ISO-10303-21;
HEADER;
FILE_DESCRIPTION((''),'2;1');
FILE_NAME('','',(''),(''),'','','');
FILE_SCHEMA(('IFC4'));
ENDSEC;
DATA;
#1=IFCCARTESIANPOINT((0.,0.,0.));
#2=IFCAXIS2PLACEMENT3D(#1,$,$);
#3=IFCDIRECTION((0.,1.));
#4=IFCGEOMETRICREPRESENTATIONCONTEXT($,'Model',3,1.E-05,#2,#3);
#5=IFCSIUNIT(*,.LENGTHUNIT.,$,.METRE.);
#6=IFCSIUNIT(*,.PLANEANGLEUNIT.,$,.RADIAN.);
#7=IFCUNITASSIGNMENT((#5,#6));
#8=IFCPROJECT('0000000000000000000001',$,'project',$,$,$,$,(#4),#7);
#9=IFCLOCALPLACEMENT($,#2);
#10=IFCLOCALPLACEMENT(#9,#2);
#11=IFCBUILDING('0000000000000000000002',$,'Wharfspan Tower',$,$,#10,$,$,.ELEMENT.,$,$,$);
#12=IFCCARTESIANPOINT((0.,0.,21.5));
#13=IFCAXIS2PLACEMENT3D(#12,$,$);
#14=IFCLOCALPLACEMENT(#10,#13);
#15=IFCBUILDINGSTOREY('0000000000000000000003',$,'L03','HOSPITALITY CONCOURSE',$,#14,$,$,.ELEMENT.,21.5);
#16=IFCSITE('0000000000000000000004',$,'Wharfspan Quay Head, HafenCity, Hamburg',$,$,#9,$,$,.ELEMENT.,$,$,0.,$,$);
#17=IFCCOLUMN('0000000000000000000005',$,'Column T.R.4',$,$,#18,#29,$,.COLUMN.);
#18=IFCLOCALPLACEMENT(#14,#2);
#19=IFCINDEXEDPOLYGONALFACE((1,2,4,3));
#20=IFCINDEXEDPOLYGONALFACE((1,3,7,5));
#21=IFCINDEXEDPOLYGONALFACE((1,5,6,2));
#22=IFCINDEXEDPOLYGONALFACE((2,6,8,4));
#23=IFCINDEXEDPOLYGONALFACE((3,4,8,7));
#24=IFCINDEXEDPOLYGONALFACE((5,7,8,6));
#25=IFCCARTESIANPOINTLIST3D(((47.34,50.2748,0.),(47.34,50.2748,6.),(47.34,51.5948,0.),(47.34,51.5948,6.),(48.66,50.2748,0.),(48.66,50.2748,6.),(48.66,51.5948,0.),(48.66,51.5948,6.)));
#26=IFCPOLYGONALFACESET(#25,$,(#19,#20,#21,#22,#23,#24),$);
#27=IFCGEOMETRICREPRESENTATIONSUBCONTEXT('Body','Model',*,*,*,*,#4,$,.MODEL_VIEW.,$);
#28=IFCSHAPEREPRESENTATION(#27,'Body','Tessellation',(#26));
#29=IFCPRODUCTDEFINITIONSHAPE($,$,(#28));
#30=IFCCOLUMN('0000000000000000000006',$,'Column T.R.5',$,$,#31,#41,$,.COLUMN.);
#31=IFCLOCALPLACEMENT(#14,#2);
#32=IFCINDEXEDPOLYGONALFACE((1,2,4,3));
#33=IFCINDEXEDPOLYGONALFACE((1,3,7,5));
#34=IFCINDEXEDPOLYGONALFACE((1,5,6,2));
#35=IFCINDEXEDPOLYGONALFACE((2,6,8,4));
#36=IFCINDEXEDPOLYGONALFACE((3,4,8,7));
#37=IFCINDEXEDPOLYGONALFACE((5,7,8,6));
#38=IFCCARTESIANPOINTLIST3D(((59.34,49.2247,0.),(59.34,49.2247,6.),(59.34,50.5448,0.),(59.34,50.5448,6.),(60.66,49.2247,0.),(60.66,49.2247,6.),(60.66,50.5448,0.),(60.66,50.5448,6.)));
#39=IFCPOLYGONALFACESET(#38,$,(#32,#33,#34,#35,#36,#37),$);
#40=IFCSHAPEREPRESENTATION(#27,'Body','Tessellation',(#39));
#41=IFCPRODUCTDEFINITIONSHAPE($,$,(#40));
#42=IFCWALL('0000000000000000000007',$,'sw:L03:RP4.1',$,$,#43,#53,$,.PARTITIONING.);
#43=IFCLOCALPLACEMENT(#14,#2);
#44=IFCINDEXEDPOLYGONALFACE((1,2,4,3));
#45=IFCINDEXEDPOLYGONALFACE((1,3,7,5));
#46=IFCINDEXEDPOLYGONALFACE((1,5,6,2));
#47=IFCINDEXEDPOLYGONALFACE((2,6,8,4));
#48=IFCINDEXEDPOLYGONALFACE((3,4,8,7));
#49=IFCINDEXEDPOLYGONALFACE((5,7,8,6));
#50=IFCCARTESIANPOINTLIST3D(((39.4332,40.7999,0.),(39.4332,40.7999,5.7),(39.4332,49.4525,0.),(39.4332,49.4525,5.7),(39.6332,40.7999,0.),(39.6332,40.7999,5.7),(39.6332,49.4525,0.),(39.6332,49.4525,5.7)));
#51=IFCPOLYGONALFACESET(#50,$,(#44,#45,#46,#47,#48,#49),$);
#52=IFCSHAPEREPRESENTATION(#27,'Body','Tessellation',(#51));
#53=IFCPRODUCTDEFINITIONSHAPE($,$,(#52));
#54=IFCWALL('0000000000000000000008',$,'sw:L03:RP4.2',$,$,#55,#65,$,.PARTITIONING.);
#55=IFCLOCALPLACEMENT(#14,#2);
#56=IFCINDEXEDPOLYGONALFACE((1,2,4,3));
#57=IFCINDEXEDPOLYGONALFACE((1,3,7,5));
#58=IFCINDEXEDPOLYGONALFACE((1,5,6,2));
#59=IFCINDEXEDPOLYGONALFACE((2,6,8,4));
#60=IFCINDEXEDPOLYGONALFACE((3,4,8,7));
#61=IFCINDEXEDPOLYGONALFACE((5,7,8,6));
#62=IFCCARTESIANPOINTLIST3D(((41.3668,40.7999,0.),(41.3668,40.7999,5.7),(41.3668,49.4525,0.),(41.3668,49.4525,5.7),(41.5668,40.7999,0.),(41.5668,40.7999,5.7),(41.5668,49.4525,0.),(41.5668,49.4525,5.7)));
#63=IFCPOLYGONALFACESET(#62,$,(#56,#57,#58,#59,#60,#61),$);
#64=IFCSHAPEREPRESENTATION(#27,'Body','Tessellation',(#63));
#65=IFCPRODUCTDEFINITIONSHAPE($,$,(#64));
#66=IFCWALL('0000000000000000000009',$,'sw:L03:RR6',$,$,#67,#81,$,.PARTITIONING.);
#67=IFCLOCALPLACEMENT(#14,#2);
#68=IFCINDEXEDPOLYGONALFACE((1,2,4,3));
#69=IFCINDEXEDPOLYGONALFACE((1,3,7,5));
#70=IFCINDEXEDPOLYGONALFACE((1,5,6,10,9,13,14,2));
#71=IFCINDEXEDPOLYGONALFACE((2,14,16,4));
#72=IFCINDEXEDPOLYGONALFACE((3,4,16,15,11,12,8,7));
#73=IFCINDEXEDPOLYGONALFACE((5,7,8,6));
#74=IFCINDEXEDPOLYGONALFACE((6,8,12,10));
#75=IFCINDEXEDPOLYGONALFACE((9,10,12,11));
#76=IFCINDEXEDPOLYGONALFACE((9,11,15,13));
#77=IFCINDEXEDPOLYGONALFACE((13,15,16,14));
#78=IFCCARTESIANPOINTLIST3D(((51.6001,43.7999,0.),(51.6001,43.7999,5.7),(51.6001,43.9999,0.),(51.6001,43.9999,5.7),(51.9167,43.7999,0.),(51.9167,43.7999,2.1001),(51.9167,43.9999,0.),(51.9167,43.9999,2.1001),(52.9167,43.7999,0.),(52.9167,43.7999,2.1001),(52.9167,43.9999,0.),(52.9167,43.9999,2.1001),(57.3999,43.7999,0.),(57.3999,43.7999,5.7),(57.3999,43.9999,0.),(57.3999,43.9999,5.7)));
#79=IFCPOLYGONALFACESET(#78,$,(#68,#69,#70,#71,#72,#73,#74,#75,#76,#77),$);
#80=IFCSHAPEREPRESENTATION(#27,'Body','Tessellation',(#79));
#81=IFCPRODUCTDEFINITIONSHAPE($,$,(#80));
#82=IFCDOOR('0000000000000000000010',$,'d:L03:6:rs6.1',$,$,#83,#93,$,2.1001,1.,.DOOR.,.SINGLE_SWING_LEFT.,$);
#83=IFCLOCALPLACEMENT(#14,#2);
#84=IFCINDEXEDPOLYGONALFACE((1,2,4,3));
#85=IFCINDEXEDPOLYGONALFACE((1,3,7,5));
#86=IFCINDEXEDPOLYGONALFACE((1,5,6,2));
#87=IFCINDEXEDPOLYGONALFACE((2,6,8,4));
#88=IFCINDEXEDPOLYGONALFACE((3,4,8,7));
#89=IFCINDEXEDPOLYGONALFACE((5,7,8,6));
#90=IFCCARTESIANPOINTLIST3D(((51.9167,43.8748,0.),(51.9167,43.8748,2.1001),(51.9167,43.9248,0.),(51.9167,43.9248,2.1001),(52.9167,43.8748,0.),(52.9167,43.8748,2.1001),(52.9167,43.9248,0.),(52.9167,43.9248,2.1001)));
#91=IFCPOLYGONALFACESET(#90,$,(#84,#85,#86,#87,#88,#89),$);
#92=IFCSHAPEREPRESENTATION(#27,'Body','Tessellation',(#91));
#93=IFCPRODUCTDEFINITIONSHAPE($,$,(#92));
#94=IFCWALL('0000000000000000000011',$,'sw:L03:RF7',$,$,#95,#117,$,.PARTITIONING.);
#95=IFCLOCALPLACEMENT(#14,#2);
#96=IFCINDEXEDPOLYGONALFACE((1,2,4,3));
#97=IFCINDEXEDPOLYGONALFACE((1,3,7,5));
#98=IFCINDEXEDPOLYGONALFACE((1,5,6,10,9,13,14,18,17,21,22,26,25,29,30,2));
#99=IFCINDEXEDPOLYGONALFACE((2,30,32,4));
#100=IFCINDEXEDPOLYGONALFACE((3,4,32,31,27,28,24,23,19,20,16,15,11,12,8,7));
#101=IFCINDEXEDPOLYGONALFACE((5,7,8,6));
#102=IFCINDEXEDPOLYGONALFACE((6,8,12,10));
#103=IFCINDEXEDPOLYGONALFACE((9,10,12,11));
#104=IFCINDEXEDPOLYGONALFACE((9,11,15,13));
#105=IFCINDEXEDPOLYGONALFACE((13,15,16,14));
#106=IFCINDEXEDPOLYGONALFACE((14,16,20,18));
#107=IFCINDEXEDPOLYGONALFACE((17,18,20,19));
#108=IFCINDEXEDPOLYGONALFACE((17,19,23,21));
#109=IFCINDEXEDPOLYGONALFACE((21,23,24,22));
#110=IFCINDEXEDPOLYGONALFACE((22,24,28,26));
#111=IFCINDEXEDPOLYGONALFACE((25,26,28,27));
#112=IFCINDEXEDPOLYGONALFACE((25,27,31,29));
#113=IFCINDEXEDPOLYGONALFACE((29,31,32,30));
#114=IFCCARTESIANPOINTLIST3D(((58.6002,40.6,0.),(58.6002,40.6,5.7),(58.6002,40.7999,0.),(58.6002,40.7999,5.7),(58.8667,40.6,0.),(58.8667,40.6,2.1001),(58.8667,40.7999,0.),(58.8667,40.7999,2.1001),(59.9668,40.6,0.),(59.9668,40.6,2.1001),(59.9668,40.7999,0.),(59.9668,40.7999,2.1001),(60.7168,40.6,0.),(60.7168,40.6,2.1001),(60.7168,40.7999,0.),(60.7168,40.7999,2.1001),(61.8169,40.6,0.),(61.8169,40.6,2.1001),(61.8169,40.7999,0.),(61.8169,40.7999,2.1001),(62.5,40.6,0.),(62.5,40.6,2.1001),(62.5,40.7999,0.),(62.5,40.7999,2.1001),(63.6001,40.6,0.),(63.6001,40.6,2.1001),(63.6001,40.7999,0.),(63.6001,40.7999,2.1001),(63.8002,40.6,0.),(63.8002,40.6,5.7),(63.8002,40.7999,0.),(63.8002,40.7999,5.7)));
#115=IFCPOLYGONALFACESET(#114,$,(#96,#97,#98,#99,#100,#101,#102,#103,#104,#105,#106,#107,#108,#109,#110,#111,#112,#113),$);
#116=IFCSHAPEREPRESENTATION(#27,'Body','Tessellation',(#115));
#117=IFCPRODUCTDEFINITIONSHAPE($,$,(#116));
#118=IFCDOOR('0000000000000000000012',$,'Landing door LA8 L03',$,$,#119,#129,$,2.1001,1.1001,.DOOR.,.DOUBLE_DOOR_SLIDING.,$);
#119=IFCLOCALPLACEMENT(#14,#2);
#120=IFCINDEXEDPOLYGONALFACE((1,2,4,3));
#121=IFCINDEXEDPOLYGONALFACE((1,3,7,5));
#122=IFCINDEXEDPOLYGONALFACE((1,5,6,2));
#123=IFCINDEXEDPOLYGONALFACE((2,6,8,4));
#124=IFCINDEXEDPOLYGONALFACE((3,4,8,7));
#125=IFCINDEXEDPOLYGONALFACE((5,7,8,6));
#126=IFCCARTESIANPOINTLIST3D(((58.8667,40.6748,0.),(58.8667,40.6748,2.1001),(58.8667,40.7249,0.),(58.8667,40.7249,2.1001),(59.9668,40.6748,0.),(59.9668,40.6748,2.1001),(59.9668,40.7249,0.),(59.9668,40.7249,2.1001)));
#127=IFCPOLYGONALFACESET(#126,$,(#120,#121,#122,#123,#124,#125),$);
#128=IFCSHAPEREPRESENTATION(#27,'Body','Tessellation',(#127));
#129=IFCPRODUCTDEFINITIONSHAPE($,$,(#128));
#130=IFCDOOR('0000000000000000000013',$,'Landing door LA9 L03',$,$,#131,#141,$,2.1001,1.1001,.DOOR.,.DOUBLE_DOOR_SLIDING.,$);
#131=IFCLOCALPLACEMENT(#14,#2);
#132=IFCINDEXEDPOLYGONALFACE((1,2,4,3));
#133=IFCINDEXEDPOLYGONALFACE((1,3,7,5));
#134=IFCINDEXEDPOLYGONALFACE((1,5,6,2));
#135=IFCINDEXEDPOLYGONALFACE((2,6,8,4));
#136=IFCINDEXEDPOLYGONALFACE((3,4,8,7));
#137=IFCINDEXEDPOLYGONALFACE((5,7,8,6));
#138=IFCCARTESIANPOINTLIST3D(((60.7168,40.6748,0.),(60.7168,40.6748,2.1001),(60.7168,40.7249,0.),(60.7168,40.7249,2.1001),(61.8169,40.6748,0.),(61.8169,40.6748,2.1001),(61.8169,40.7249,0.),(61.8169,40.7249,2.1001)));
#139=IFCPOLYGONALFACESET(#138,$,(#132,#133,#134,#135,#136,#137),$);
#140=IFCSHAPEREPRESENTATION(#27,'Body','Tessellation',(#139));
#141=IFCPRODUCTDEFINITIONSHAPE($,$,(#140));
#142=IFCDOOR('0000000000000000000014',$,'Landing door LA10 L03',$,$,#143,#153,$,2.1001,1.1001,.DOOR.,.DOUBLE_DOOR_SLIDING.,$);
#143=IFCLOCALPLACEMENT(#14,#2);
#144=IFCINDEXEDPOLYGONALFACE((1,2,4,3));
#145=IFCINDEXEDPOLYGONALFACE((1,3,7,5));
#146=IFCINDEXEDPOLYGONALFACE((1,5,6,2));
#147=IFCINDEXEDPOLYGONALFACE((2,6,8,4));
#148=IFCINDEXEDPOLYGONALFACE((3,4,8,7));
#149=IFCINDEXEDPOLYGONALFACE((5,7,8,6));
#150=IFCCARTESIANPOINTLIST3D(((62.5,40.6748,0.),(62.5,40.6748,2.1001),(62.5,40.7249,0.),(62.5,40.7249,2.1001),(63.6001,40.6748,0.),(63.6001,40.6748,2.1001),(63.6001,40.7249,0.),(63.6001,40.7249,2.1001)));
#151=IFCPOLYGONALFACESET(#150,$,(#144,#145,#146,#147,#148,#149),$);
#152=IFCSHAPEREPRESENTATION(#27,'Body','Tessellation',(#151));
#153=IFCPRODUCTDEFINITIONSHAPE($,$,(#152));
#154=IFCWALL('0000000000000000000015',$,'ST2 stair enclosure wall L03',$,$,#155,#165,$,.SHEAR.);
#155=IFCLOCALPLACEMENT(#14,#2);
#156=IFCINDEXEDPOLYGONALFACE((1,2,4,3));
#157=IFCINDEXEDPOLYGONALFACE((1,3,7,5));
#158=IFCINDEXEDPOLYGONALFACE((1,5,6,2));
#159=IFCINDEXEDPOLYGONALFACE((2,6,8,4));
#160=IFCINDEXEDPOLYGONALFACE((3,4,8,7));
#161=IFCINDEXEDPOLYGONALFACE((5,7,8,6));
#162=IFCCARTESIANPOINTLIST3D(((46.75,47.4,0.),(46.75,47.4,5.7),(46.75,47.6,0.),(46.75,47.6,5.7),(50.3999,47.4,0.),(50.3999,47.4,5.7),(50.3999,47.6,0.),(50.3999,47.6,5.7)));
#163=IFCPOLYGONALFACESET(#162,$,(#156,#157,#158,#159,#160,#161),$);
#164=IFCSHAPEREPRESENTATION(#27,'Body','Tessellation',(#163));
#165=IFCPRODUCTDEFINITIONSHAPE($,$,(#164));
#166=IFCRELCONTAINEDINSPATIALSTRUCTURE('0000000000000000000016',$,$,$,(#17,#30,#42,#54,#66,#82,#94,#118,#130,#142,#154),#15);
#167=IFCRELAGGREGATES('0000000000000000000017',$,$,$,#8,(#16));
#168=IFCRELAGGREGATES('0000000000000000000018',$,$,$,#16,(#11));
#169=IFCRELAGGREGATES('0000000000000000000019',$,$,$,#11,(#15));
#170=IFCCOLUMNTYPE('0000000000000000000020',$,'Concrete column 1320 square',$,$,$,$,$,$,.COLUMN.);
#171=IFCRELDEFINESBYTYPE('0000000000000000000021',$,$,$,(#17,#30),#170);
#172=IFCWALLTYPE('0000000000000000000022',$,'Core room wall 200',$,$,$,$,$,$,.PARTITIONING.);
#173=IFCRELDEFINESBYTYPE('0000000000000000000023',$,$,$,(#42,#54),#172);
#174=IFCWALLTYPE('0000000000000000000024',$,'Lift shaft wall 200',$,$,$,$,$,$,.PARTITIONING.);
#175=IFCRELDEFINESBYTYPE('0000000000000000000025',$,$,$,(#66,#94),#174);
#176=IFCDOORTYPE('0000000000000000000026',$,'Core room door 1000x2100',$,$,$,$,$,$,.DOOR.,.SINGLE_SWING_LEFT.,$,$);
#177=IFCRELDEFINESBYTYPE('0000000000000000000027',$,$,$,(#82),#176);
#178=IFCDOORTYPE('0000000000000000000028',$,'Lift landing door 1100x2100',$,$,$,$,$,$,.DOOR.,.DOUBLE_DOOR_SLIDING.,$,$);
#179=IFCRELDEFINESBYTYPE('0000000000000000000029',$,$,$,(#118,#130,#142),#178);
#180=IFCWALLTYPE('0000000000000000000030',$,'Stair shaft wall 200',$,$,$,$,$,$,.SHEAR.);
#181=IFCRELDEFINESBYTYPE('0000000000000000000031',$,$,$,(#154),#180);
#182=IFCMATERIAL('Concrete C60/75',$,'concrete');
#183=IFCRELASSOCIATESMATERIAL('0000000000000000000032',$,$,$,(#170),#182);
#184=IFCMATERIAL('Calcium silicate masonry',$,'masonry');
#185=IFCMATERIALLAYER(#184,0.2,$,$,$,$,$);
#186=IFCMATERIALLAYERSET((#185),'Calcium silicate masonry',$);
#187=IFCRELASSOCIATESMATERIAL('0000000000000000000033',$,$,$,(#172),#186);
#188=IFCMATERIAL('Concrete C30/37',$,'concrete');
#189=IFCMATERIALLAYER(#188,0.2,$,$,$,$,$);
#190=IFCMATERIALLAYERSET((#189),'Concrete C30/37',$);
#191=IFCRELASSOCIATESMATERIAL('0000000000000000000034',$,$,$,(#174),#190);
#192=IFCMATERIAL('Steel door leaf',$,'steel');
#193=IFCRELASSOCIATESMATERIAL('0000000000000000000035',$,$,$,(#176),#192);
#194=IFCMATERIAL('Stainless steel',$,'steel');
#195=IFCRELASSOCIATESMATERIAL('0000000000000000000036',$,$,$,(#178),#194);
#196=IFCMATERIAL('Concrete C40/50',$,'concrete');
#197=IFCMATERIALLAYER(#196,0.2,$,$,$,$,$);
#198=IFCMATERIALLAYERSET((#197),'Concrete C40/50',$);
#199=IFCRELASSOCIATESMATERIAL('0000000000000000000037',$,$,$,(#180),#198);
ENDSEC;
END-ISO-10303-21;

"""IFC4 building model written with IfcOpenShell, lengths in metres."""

from ifc_helpers import new_model, si_unit, direction, frame, frame_2d, origin, origin_2d, place, context, subcontext, project, spatial, rectangle, extrude, material, layer, layer_set, material_profile, profile_set, type_object, element, fill, save


model = new_model("IFC4")

# Units and contexts
model_context = context("Model", 3, precision=1e-05, world=origin(), true_north=direction((0.0, 1.0)))
body_context = subcontext(model_context, "Body", "Model", "MODEL_VIEW")
ifc_project = project(units=[si_unit("LENGTHUNIT", "METRE"), si_unit("PLANEANGLEUNIT", "RADIAN")], contexts=[model_context])

# Site, building, storey
site_placement = place(None, origin())
site = spatial("IfcSite", under=ifc_project, at=site_placement, Name="Wharfspan Quay Head, HafenCity, Hamburg", CompositionType="ELEMENT", RefElevation=0.0)
building_placement = place(site_placement, origin())
building = spatial("IfcBuilding", under=site, at=building_placement, Name="Wharfspan Tower", CompositionType="ELEMENT")
storey_placement = place(building_placement, frame((0.0, 0.0, 21.5)))
storey = spatial("IfcBuildingStorey", under=building, at=storey_placement, Name="L03", Description="HOSPITALITY CONCOURSE", CompositionType="ELEMENT", Elevation=21.5)

# Columns
ifc_material_1 = material(Name="Concrete C60/75", Category="concrete")
ifc_material_profile = material_profile(ifc_material_1, rectangle(XDim=1.3201, YDim=1.3201, at=origin_2d()))
ifc_profile_set = profile_set([ifc_material_profile], Name="Concrete C60/75")
column_type = type_object("IfcColumnType", Name="Concrete column 1320 square", PredefinedType="COLUMN", material=ifc_profile_set)
for number, where, z_axis, x_axis, name in (
    (1, (48.0, 50.9348, 0.0), (0.0, 0.0, 1.0), (1.0, 0.0, 0.0), "Column T.R.4"),
    (2, (60.0, 49.8848, 0.0), (0.0, 0.0, 1.0), (1.0, 0.0, 0.0), "Column T.R.5"),
):
    element("IfcColumn", number, at=place(storey_placement, frame(where, z_axis=z_axis, x_axis=x_axis)), inside=storey, type_object=column_type, Name=name, PredefinedType="COLUMN", context=body_context, shape_type="SweptSolid", body=[
        extrude(rectangle(XDim=1.3201, YDim=1.3201, at=origin_2d()), origin(), (0.0, 0.0, 1.0), 6.0),
    ])

# Walls
ifc_material_2 = material(Name="Calcium silicate masonry", Category="masonry")
ifc_layer_1 = layer(ifc_material_2, 0.2)
ifc_layer_set_1 = layer_set([ifc_layer_1], Name="Calcium silicate masonry")
wall_type_1 = type_object("IfcWallType", Name="Core room wall 200", PredefinedType="PARTITIONING", material=ifc_layer_set_1)
for number, where, z_axis, x_axis, name in (
    (3, (39.5332, 40.8, 0.0), (0.0, 0.0, 1.0), (0.0, 1.0, 0.0), "sw:L03:RP4.1"),
    (4, (41.4668, 40.8, 0.0), (0.0, 0.0, 1.0), (0.0, 1.0, 0.0), "sw:L03:RP4.2"),
):
    element("IfcWall", number, at=place(storey_placement, frame(where, z_axis=z_axis, x_axis=x_axis)), inside=storey, type_object=wall_type_1, Name=name, PredefinedType="PARTITIONING", context=body_context, shape_type="SweptSolid", body=[
        extrude(rectangle(XDim=8.6526, YDim=0.2, at=frame_2d((4.3262, 0.0))), origin(), (0.0, 0.0, 1.0), 5.7),
    ])

# Wall, opening, door
ifc_material_3 = material(Name="Concrete C30/37", Category="concrete")
ifc_layer_2 = layer(ifc_material_3, 0.2)
ifc_layer_set_2 = layer_set([ifc_layer_2], Name="Concrete C30/37")
wall_type_2 = type_object("IfcWallType", Name="Lift shaft wall 200", PredefinedType="PARTITIONING", material=ifc_layer_set_2)
wall_1_placement = place(storey_placement, frame((51.6001, 43.8999, 0.0), z_axis=(0.0, 0.0, 1.0), x_axis=(1.0, 0.0, 0.0)))
wall_1 = element("IfcWall", 5, at=wall_1_placement, inside=storey, type_object=wall_type_2, Name="sw:L03:RR6", PredefinedType="PARTITIONING", context=body_context, shape_type="SweptSolid", body=[
    extrude(rectangle(XDim=5.7998, YDim=0.2, at=frame_2d((2.8999, 0.0))), origin(), (0.0, 0.0, 1.0), 5.7),
])
opening_1_placement = place(wall_1_placement, frame((0.3166, 0.0, 0.0)))
opening_1 = element("IfcOpeningElement", 6, at=opening_1_placement, cuts=wall_1, PredefinedType="OPENING", context=body_context, shape_type="SweptSolid", body=[
    extrude(rectangle(XDim=1.0, YDim=2.1001, at=frame_2d((0.5, 1.05))), frame((0.0, 0.1099, 0.0), z_axis=(0.0, -1.0, 0.0), x_axis=(1.0, 0.0, 0.0)), (0.0, 0.0, 1.0), 0.22),
])
ifc_material_4 = material(Name="Steel door leaf", Category="steel")
door_type_1 = type_object("IfcDoorType", Name="Core room door 1000x2100", OperationType="SINGLE_SWING_LEFT", PredefinedType="DOOR", material=ifc_material_4)
door_1_placement = place(opening_1_placement, origin())
door_1 = element("IfcDoor", 7, at=door_1_placement, inside=storey, type_object=door_type_1, Name="d:L03:6:rs6.1", OperationType="SINGLE_SWING_LEFT", OverallHeight=2.1001, OverallWidth=1.0, PredefinedType="DOOR", context=body_context, shape_type="SweptSolid", body=[
    extrude(rectangle(XDim=1.0, YDim=2.1001, at=frame_2d((0.5, 1.05))), frame((0.0, 0.0249, 0.0), z_axis=(0.0, -1.0, 0.0), x_axis=(1.0, 0.0, 0.0)), (0.0, 0.0, 1.0), 0.05),
])
fill(opening_1, door_1)

# Wall, openings, doors
wall_2_placement = place(storey_placement, frame((58.6001, 40.7, 0.0), z_axis=(0.0, 0.0, 1.0), x_axis=(1.0, 0.0, 0.0)))
wall_2 = element("IfcWall", 8, at=wall_2_placement, inside=storey, type_object=wall_type_2, Name="sw:L03:RF7", PredefinedType="PARTITIONING", context=body_context, shape_type="SweptSolid", body=[
    extrude(rectangle(XDim=5.2, YDim=0.2, at=frame_2d((2.6001, 0.0))), origin(), (0.0, 0.0, 1.0), 5.7),
])
opening_2_placement = place(wall_2_placement, frame((0.2666, 0.0, 0.0)))
opening_2 = element("IfcOpeningElement", 9, at=opening_2_placement, cuts=wall_2, PredefinedType="OPENING", context=body_context, shape_type="SweptSolid", body=[
    extrude(rectangle(XDim=1.1001, YDim=2.1001, at=frame_2d((0.55, 1.05))), frame((0.0, 0.1099, 0.0), z_axis=(0.0, -1.0, 0.0), x_axis=(1.0, 0.0, 0.0)), (0.0, 0.0, 1.0), 0.22),
])
opening_3_placement = place(wall_2_placement, frame((2.1167, 0.0, 0.0)))
opening_3 = element("IfcOpeningElement", 10, at=opening_3_placement, cuts=wall_2, PredefinedType="OPENING", context=body_context, shape_type="SweptSolid", body=[
    extrude(rectangle(XDim=1.1001, YDim=2.1001, at=frame_2d((0.55, 1.05))), frame((0.0, 0.1099, 0.0), z_axis=(0.0, -1.0, 0.0), x_axis=(1.0, 0.0, 0.0)), (0.0, 0.0, 1.0), 0.22),
])
opening_4_placement = place(wall_2_placement, frame((3.8999, 0.0, 0.0)))
opening_4 = element("IfcOpeningElement", 11, at=opening_4_placement, cuts=wall_2, PredefinedType="OPENING", context=body_context, shape_type="SweptSolid", body=[
    extrude(rectangle(XDim=1.1001, YDim=2.1001, at=frame_2d((0.55, 1.05))), frame((0.0, 0.1099, 0.0), z_axis=(0.0, -1.0, 0.0), x_axis=(1.0, 0.0, 0.0)), (0.0, 0.0, 1.0), 0.22),
])
ifc_material_5 = material(Name="Stainless steel", Category="steel")
door_type_2 = type_object("IfcDoorType", Name="Lift landing door 1100x2100", OperationType="DOUBLE_DOOR_SLIDING", PredefinedType="DOOR", material=ifc_material_5)
door_2_placement = place(opening_2_placement, origin())
door_2 = element("IfcDoor", 12, at=door_2_placement, inside=storey, type_object=door_type_2, Name="Landing door LA8 L03", OperationType="DOUBLE_DOOR_SLIDING", OverallHeight=2.1001, OverallWidth=1.1001, PredefinedType="DOOR", context=body_context, shape_type="SweptSolid", body=[
    extrude(rectangle(XDim=1.1001, YDim=2.1001, at=frame_2d((0.55, 1.05))), frame((0.0, 0.0249, 0.0), z_axis=(0.0, -1.0, 0.0), x_axis=(1.0, 0.0, 0.0)), (0.0, 0.0, 1.0), 0.05),
])
fill(opening_2, door_2)
door_3_placement = place(opening_3_placement, origin())
door_3 = element("IfcDoor", 13, at=door_3_placement, inside=storey, type_object=door_type_2, Name="Landing door LA9 L03", OperationType="DOUBLE_DOOR_SLIDING", OverallHeight=2.1001, OverallWidth=1.1001, PredefinedType="DOOR", context=body_context, shape_type="SweptSolid", body=[
    extrude(rectangle(XDim=1.1001, YDim=2.1001, at=frame_2d((0.55, 1.05))), frame((0.0, 0.0249, 0.0), z_axis=(0.0, -1.0, 0.0), x_axis=(1.0, 0.0, 0.0)), (0.0, 0.0, 1.0), 0.05),
])
fill(opening_3, door_3)
door_4_placement = place(opening_4_placement, origin())
door_4 = element("IfcDoor", 14, at=door_4_placement, inside=storey, type_object=door_type_2, Name="Landing door LA10 L03", OperationType="DOUBLE_DOOR_SLIDING", OverallHeight=2.1001, OverallWidth=1.1001, PredefinedType="DOOR", context=body_context, shape_type="SweptSolid", body=[
    extrude(rectangle(XDim=1.1001, YDim=2.1001, at=frame_2d((0.55, 1.05))), frame((0.0, 0.0249, 0.0), z_axis=(0.0, -1.0, 0.0), x_axis=(1.0, 0.0, 0.0)), (0.0, 0.0, 1.0), 0.05),
])
fill(opening_4, door_4)

# Wall
ifc_material_6 = material(Name="Concrete C40/50", Category="concrete")
ifc_layer_3 = layer(ifc_material_6, 0.2)
ifc_layer_set_3 = layer_set([ifc_layer_3], Name="Concrete C40/50")
wall_type_3 = type_object("IfcWallType", Name="Stair shaft wall 200", PredefinedType="SHEAR", material=ifc_layer_set_3)
wall_3_placement = place(storey_placement, frame((46.75, 47.5, 0.0), z_axis=(0.0, 0.0, 1.0), x_axis=(1.0, 0.0, 0.0)))
element("IfcWall", 15, at=wall_3_placement, inside=storey, type_object=wall_type_3, Name="ST2 stair enclosure wall L03", PredefinedType="SHEAR", context=body_context, shape_type="SweptSolid", body=[
    extrude(rectangle(XDim=3.6499, YDim=0.2, at=frame_2d((1.825, 0.0))), origin(), (0.0, 0.0, 1.0), 5.7),
])

save(model, "model.ifc")
